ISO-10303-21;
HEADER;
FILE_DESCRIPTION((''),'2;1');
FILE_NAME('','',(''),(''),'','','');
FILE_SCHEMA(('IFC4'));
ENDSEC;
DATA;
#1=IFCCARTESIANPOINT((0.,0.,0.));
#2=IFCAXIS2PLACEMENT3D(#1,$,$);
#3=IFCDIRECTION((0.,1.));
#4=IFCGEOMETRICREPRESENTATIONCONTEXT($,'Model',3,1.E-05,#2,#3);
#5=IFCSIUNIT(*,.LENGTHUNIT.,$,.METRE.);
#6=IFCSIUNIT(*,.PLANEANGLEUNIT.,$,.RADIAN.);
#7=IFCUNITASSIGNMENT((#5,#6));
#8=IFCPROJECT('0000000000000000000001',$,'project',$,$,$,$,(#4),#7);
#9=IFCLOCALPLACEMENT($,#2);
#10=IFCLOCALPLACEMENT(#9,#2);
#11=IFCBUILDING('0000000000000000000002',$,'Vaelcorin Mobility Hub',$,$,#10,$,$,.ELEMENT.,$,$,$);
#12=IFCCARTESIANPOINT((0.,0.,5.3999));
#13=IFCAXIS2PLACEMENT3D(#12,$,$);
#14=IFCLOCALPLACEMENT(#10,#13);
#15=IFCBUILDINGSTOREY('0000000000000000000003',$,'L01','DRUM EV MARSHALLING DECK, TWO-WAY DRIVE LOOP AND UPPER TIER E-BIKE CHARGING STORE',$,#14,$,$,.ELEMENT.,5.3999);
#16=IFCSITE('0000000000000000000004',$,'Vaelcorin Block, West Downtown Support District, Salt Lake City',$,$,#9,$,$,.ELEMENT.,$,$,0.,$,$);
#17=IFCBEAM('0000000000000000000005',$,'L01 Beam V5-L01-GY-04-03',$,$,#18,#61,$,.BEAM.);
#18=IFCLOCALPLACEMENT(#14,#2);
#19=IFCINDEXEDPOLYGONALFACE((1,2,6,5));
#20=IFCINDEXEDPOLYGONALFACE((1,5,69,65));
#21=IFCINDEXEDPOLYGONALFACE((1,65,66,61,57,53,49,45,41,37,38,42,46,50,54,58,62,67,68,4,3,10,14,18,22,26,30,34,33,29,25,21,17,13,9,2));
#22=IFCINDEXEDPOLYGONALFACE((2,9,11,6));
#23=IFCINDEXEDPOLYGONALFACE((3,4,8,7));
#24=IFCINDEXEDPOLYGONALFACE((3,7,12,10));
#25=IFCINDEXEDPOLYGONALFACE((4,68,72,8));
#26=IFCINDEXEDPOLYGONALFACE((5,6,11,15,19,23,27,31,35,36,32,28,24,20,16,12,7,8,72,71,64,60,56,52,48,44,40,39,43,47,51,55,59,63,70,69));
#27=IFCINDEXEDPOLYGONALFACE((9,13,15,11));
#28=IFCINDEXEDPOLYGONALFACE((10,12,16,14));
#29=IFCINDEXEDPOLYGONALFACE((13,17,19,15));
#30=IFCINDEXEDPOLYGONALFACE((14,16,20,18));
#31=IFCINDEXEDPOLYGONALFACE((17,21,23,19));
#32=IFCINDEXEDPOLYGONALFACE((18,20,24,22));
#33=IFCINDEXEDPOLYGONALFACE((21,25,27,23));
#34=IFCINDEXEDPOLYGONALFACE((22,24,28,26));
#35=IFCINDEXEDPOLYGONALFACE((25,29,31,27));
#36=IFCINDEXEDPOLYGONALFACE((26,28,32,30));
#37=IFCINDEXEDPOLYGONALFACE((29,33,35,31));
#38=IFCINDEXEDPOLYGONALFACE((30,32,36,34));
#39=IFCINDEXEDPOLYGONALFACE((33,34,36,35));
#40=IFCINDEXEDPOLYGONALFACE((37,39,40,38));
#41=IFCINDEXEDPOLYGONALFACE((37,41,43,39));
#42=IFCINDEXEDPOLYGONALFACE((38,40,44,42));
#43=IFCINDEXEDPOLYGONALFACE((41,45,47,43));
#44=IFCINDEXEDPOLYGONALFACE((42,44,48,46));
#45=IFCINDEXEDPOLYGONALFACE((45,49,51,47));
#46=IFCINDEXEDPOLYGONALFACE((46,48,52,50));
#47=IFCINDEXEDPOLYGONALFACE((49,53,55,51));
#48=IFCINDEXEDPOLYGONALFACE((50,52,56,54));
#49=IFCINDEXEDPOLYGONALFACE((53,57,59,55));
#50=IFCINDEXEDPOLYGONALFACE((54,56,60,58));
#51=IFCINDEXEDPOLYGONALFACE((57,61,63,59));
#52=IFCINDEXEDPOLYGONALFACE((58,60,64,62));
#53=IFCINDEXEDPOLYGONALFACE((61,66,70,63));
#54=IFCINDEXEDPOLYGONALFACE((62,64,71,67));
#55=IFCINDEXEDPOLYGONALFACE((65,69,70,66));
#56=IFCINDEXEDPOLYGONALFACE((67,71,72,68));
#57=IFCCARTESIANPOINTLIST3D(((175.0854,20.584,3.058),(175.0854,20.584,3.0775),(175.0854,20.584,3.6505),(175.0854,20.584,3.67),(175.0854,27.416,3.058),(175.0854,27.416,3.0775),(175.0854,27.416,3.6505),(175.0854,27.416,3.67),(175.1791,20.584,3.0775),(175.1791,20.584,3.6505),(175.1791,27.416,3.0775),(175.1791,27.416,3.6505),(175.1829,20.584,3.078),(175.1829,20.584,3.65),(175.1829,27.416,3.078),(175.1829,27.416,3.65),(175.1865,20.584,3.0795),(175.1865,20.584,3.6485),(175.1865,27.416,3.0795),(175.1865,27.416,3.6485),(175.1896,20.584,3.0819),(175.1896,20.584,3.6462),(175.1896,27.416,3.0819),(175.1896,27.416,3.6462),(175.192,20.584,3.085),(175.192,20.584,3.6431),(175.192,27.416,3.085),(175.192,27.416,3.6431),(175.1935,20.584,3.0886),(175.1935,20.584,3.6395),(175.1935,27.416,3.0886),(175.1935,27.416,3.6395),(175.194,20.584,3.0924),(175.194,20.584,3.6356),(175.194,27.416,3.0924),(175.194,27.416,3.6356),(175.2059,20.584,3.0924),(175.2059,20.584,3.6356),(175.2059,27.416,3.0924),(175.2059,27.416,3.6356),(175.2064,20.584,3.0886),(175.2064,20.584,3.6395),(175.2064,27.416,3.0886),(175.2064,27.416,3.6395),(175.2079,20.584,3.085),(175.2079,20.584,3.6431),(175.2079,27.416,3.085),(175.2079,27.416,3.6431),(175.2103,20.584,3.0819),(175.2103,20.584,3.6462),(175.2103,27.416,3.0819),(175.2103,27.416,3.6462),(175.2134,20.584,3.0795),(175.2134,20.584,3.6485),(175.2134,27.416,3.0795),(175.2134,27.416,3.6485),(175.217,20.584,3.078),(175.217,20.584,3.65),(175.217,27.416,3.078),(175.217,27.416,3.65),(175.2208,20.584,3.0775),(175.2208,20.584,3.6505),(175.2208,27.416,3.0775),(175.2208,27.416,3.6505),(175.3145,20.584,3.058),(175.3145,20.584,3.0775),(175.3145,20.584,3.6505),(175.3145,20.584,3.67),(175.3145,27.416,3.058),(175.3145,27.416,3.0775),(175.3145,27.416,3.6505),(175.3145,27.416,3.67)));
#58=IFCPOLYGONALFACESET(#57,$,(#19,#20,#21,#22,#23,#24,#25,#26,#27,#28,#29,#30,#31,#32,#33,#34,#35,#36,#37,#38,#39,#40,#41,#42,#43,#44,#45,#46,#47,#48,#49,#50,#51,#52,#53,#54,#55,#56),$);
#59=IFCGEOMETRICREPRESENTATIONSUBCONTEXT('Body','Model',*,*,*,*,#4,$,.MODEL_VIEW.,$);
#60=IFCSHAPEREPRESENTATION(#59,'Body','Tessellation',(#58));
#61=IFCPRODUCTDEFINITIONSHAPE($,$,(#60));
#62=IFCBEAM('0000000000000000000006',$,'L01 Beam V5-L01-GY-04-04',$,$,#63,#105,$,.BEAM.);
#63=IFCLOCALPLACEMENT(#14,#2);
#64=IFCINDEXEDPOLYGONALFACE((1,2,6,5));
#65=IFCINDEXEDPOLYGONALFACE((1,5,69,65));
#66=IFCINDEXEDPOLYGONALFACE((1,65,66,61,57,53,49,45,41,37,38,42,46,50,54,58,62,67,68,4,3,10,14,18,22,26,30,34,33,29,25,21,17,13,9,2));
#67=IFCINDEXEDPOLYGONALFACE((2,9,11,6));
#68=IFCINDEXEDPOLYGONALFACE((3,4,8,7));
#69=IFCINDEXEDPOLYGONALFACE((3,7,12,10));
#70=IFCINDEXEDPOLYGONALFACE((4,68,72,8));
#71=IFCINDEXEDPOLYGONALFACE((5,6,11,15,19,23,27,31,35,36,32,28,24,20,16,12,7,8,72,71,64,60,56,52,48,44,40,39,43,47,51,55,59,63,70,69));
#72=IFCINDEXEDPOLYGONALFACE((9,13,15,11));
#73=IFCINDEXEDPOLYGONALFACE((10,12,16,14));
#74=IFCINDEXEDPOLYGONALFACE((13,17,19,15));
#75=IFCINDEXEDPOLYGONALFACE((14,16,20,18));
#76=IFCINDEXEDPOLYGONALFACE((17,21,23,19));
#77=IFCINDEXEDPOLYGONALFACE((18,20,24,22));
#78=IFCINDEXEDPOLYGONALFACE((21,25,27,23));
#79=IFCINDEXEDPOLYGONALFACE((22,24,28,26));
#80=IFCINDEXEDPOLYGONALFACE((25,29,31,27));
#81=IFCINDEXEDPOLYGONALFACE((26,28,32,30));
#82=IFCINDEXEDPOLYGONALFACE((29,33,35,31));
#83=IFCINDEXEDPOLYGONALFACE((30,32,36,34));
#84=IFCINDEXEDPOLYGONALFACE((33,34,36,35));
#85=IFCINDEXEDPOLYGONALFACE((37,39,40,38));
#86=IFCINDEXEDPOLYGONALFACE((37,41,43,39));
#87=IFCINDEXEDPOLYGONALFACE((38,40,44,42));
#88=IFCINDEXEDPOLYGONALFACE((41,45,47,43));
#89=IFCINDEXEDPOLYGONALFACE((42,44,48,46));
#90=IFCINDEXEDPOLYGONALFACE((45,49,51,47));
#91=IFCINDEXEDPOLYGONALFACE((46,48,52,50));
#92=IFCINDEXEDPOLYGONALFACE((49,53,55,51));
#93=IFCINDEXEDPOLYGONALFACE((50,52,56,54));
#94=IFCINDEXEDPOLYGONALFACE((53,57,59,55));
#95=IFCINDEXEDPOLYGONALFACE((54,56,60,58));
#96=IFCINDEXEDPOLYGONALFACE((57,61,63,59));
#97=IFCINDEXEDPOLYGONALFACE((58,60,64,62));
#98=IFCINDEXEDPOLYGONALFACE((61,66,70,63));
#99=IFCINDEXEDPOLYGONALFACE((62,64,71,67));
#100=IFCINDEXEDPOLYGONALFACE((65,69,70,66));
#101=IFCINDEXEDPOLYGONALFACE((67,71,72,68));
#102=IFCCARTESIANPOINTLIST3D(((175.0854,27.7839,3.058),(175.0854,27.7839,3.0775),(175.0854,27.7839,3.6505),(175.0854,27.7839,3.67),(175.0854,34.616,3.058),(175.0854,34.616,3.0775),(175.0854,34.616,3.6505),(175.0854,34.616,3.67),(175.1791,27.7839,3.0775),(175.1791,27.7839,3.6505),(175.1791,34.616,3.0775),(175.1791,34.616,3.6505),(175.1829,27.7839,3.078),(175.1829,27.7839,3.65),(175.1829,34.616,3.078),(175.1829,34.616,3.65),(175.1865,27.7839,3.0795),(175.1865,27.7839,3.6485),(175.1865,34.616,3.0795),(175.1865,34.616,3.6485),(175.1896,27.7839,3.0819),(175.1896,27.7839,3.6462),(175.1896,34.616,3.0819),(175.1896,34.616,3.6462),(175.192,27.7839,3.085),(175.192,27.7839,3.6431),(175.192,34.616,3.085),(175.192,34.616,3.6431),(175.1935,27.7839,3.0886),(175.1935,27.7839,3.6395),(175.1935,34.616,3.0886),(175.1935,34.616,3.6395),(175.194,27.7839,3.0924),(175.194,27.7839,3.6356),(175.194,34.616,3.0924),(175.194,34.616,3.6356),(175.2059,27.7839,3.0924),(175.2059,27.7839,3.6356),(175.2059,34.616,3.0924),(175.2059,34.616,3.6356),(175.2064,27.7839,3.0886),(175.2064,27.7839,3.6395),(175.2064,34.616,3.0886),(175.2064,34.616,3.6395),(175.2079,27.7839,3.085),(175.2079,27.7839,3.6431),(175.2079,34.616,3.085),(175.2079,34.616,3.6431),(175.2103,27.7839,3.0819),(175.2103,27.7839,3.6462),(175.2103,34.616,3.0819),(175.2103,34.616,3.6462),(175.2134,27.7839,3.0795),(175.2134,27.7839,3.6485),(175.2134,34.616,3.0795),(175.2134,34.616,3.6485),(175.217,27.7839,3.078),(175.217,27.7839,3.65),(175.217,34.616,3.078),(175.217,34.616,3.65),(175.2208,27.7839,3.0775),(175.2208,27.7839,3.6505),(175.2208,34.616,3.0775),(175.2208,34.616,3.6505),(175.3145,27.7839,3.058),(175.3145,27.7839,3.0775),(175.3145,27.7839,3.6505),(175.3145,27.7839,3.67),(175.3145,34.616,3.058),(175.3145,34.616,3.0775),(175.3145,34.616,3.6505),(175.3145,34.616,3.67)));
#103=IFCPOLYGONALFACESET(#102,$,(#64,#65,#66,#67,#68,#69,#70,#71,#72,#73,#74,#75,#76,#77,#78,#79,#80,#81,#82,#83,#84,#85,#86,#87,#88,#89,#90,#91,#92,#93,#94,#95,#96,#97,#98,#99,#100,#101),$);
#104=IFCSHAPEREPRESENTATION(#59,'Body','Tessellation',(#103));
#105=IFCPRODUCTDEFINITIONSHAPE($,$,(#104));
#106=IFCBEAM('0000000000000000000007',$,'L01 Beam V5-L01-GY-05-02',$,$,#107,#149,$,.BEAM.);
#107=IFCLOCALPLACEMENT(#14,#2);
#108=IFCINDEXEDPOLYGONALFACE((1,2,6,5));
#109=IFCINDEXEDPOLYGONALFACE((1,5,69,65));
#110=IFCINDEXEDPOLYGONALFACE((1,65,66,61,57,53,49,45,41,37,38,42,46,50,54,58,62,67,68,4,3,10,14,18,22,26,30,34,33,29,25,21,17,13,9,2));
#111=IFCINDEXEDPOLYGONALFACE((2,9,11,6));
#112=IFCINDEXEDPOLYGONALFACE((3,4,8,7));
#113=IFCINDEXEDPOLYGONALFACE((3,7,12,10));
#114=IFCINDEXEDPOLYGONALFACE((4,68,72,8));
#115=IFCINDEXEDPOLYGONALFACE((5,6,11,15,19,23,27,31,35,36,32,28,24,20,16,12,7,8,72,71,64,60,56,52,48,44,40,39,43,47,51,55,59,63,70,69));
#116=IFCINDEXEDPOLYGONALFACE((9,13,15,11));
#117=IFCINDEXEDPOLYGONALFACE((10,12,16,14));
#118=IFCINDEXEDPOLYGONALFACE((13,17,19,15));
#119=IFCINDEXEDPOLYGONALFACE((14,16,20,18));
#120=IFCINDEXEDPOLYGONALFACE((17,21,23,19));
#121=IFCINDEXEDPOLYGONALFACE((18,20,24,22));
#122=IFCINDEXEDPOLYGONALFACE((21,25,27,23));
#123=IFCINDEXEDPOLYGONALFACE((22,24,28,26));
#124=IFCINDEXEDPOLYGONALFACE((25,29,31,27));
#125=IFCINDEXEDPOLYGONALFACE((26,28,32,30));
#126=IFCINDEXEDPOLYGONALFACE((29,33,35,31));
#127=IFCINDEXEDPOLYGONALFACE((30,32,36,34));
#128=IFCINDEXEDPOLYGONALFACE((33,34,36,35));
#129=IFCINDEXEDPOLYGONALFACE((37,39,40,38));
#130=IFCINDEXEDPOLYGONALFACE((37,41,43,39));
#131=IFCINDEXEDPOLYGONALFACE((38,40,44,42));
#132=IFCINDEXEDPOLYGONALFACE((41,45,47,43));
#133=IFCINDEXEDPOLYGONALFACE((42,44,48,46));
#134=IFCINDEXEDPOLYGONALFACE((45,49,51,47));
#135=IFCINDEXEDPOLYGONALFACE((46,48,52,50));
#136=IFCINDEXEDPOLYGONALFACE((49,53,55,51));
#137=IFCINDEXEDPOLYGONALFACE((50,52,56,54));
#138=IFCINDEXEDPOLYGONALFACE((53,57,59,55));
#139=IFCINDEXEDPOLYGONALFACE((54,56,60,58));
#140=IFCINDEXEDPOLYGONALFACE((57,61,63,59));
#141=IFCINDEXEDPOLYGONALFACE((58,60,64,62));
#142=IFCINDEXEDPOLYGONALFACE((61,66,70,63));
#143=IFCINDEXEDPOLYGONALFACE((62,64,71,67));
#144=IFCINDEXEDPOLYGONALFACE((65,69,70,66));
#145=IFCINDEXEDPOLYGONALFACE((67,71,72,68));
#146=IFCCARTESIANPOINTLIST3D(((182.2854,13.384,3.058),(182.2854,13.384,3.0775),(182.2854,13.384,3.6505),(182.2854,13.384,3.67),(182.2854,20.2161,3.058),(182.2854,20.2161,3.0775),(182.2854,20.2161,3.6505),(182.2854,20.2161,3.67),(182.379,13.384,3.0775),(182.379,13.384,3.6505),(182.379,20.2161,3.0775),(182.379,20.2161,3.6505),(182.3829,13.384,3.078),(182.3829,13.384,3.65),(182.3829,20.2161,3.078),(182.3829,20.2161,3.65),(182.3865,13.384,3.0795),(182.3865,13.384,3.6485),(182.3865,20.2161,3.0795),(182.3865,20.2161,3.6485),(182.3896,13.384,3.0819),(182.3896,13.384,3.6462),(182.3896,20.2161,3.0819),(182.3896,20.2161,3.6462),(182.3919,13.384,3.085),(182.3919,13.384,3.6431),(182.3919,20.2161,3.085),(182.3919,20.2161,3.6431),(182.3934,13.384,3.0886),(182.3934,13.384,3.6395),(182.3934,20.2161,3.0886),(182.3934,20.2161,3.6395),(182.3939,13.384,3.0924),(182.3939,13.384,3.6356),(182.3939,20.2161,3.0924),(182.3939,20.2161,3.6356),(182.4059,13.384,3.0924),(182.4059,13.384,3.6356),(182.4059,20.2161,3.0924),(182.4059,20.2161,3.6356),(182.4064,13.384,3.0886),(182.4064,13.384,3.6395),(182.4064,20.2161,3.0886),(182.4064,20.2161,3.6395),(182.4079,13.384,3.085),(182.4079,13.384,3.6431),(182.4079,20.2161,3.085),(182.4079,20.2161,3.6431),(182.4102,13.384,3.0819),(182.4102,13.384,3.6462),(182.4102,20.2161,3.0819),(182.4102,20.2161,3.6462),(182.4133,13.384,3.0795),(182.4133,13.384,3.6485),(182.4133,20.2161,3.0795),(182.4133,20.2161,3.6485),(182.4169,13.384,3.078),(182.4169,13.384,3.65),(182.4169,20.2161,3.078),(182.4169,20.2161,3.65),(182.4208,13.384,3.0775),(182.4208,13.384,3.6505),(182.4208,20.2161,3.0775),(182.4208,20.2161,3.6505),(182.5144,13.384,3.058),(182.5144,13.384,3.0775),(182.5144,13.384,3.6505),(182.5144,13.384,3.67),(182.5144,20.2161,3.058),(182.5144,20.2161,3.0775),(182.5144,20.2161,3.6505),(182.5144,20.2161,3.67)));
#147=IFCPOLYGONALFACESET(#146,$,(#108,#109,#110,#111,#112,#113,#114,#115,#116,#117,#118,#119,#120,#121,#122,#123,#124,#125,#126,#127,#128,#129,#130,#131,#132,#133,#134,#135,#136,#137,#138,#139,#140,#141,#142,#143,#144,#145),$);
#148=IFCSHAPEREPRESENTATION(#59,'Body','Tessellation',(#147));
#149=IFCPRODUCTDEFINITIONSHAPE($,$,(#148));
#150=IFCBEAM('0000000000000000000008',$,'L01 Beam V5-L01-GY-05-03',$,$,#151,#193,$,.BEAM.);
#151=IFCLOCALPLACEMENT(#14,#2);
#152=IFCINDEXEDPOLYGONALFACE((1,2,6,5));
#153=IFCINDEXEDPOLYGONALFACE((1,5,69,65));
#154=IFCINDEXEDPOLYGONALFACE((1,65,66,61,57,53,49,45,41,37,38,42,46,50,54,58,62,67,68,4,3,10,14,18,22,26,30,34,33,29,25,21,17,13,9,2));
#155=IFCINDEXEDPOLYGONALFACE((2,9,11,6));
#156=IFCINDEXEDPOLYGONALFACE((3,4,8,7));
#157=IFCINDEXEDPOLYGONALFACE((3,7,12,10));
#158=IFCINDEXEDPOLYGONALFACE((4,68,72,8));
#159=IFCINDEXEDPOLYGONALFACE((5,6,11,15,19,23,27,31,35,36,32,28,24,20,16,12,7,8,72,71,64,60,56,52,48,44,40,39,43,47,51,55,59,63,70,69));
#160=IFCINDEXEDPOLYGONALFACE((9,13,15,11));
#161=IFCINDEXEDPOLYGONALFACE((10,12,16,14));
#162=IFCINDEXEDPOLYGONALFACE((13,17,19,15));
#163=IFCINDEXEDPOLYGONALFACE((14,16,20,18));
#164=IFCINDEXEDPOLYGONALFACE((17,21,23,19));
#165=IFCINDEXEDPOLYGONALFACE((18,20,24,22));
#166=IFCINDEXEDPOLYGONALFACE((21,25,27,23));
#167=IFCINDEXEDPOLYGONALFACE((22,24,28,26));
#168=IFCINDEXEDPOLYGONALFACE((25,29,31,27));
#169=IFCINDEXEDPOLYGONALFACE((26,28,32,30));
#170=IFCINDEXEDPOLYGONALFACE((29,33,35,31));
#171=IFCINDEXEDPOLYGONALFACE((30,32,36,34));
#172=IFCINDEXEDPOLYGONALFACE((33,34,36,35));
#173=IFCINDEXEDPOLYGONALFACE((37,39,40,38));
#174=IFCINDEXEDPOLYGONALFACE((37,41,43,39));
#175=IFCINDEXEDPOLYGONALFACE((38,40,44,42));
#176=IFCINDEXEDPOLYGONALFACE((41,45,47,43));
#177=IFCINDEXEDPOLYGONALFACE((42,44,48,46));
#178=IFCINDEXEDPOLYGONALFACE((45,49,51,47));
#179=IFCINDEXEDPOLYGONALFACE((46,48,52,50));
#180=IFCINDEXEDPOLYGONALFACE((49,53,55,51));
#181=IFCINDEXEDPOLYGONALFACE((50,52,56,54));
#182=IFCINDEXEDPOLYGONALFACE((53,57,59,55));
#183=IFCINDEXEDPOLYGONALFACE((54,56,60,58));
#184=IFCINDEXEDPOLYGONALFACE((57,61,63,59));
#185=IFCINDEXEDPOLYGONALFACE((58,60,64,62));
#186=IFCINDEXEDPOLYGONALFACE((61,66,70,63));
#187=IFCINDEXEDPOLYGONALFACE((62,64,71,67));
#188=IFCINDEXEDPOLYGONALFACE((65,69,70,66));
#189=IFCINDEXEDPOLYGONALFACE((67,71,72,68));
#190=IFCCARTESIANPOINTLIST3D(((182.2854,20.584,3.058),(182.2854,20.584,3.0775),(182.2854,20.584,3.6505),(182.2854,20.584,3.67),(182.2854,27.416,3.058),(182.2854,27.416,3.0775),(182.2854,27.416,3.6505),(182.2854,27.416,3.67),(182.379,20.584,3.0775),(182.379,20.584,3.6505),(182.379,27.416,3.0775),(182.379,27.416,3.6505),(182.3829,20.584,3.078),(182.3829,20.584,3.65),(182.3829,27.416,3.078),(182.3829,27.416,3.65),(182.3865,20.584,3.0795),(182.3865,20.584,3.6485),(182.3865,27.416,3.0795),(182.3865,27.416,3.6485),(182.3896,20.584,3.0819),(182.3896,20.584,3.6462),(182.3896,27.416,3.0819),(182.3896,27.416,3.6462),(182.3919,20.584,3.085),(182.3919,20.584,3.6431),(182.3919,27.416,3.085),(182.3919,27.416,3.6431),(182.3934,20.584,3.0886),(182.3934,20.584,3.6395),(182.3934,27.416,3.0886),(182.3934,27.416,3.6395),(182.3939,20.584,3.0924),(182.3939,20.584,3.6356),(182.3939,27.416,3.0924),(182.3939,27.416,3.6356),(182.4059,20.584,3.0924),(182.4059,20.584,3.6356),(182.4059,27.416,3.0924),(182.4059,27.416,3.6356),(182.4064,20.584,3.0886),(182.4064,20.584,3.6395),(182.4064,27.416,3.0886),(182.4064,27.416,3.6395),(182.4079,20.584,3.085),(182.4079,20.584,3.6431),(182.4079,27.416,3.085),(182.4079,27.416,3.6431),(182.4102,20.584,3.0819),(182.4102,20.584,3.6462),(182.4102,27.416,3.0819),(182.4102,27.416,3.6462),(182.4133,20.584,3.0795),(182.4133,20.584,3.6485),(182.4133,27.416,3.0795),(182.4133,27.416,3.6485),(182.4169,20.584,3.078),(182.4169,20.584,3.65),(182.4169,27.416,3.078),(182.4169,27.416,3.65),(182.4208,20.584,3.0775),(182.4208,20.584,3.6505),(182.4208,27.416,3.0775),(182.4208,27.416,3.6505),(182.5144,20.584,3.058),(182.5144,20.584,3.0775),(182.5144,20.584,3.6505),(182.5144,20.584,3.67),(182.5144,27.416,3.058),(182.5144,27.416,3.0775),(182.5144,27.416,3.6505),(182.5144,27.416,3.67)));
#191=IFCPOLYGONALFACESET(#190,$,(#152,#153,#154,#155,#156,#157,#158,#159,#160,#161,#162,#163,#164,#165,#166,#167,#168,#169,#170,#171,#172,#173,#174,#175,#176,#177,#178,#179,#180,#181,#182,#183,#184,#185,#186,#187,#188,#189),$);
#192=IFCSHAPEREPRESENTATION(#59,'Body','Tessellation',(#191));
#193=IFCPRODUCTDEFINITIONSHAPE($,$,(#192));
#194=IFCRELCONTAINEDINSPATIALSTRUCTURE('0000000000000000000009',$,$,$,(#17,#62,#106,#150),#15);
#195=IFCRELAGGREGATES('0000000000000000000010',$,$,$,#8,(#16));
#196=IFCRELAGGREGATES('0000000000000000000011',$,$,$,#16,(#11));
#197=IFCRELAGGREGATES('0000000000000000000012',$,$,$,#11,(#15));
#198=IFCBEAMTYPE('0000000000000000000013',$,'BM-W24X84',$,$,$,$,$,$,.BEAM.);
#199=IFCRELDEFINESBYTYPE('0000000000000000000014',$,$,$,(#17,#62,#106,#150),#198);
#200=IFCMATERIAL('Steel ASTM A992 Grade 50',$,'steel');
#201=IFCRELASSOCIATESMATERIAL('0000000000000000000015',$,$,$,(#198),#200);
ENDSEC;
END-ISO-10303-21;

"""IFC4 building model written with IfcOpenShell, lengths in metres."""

from ifc_helpers import new_model, si_unit, direction, frame, origin, origin_2d, place, context, subcontext, project, spatial, i_section, extrude, material, material_profile, profile_set, type_object, element, save


model = new_model("IFC4")

# Units and contexts
model_context = context("Model", 3, precision=1e-05, world=origin(), true_north=direction((0.0, 1.0)))
body_context = subcontext(model_context, "Body", "Model", "MODEL_VIEW")
ifc_project = project(units=[si_unit("LENGTHUNIT", "METRE"), si_unit("PLANEANGLEUNIT", "RADIAN")], contexts=[model_context])

# Site, building, storey
site_placement = place(None, origin())
site = spatial("IfcSite", under=ifc_project, at=site_placement, Name="Vaelcorin Block, West Downtown Support District, Salt Lake City", CompositionType="ELEMENT", RefElevation=0.0)
building_placement = place(site_placement, origin())
building = spatial("IfcBuilding", under=site, at=building_placement, Name="Vaelcorin Mobility Hub", CompositionType="ELEMENT")
storey_placement = place(building_placement, frame((0.0, 0.0, 5.3999)))
storey = spatial("IfcBuildingStorey", under=building, at=storey_placement, Name="L01", Description="DRUM EV MARSHALLING DECK, TWO-WAY DRIVE LOOP AND UPPER TIER E-BIKE CHARGING STORE", CompositionType="ELEMENT", Elevation=5.3999)

# Shared definitions
ifc_material = material(Name="Steel ASTM A992 Grade 50", Category="steel")

# Beams
ifc_material_profile_1 = material_profile(ifc_material, i_section(OverallWidth=0.229, OverallDepth=0.6121, WebThickness=0.012, FlangeThickness=0.0195, FilletRadius=0.0149, at=origin_2d()), Name="W24X84")
ifc_profile_set_1 = profile_set([ifc_material_profile_1], Name="Steel ASTM A992 Grade 50")
beam_type_1 = type_object("IfcBeamType", Name="BM-W24X84", PredefinedType="BEAM", material=ifc_profile_set_1)
for number, where, z_axis, x_axis, name in (
    (1, (175.2, 20.584, 3.364), (0.0, 1.0, 0.0), (-1.0, 0.0, 0.0), "L01 Beam V5-L01-GY-04-03"),
    (2, (175.2, 27.7839, 3.364), (0.0, 1.0, 0.0), (-1.0, 0.0, 0.0), "L01 Beam V5-L01-GY-04-04"),
    (3, (182.3999, 13.384, 3.364), (0.0, 1.0, 0.0), (-1.0, 0.0, 0.0), "L01 Beam V5-L01-GY-05-02"),
    (4, (182.3999, 20.584, 3.364), (0.0, 1.0, 0.0), (-1.0, 0.0, 0.0), "L01 Beam V5-L01-GY-05-03"),
):
    element("IfcBeam", number, at=place(storey_placement, frame(where, z_axis=z_axis, x_axis=x_axis)), inside=storey, type_object=beam_type_1, Name=name, PredefinedType="BEAM", context=body_context, shape_type="SweptSolid", body=[
        extrude(i_section(OverallWidth=0.229, OverallDepth=0.6121, WebThickness=0.012, FlangeThickness=0.0195, FilletRadius=0.0149, at=origin_2d()), origin(), (0.0, 0.0, 1.0), 6.832),
    ])

save(model, "model.ifc")
